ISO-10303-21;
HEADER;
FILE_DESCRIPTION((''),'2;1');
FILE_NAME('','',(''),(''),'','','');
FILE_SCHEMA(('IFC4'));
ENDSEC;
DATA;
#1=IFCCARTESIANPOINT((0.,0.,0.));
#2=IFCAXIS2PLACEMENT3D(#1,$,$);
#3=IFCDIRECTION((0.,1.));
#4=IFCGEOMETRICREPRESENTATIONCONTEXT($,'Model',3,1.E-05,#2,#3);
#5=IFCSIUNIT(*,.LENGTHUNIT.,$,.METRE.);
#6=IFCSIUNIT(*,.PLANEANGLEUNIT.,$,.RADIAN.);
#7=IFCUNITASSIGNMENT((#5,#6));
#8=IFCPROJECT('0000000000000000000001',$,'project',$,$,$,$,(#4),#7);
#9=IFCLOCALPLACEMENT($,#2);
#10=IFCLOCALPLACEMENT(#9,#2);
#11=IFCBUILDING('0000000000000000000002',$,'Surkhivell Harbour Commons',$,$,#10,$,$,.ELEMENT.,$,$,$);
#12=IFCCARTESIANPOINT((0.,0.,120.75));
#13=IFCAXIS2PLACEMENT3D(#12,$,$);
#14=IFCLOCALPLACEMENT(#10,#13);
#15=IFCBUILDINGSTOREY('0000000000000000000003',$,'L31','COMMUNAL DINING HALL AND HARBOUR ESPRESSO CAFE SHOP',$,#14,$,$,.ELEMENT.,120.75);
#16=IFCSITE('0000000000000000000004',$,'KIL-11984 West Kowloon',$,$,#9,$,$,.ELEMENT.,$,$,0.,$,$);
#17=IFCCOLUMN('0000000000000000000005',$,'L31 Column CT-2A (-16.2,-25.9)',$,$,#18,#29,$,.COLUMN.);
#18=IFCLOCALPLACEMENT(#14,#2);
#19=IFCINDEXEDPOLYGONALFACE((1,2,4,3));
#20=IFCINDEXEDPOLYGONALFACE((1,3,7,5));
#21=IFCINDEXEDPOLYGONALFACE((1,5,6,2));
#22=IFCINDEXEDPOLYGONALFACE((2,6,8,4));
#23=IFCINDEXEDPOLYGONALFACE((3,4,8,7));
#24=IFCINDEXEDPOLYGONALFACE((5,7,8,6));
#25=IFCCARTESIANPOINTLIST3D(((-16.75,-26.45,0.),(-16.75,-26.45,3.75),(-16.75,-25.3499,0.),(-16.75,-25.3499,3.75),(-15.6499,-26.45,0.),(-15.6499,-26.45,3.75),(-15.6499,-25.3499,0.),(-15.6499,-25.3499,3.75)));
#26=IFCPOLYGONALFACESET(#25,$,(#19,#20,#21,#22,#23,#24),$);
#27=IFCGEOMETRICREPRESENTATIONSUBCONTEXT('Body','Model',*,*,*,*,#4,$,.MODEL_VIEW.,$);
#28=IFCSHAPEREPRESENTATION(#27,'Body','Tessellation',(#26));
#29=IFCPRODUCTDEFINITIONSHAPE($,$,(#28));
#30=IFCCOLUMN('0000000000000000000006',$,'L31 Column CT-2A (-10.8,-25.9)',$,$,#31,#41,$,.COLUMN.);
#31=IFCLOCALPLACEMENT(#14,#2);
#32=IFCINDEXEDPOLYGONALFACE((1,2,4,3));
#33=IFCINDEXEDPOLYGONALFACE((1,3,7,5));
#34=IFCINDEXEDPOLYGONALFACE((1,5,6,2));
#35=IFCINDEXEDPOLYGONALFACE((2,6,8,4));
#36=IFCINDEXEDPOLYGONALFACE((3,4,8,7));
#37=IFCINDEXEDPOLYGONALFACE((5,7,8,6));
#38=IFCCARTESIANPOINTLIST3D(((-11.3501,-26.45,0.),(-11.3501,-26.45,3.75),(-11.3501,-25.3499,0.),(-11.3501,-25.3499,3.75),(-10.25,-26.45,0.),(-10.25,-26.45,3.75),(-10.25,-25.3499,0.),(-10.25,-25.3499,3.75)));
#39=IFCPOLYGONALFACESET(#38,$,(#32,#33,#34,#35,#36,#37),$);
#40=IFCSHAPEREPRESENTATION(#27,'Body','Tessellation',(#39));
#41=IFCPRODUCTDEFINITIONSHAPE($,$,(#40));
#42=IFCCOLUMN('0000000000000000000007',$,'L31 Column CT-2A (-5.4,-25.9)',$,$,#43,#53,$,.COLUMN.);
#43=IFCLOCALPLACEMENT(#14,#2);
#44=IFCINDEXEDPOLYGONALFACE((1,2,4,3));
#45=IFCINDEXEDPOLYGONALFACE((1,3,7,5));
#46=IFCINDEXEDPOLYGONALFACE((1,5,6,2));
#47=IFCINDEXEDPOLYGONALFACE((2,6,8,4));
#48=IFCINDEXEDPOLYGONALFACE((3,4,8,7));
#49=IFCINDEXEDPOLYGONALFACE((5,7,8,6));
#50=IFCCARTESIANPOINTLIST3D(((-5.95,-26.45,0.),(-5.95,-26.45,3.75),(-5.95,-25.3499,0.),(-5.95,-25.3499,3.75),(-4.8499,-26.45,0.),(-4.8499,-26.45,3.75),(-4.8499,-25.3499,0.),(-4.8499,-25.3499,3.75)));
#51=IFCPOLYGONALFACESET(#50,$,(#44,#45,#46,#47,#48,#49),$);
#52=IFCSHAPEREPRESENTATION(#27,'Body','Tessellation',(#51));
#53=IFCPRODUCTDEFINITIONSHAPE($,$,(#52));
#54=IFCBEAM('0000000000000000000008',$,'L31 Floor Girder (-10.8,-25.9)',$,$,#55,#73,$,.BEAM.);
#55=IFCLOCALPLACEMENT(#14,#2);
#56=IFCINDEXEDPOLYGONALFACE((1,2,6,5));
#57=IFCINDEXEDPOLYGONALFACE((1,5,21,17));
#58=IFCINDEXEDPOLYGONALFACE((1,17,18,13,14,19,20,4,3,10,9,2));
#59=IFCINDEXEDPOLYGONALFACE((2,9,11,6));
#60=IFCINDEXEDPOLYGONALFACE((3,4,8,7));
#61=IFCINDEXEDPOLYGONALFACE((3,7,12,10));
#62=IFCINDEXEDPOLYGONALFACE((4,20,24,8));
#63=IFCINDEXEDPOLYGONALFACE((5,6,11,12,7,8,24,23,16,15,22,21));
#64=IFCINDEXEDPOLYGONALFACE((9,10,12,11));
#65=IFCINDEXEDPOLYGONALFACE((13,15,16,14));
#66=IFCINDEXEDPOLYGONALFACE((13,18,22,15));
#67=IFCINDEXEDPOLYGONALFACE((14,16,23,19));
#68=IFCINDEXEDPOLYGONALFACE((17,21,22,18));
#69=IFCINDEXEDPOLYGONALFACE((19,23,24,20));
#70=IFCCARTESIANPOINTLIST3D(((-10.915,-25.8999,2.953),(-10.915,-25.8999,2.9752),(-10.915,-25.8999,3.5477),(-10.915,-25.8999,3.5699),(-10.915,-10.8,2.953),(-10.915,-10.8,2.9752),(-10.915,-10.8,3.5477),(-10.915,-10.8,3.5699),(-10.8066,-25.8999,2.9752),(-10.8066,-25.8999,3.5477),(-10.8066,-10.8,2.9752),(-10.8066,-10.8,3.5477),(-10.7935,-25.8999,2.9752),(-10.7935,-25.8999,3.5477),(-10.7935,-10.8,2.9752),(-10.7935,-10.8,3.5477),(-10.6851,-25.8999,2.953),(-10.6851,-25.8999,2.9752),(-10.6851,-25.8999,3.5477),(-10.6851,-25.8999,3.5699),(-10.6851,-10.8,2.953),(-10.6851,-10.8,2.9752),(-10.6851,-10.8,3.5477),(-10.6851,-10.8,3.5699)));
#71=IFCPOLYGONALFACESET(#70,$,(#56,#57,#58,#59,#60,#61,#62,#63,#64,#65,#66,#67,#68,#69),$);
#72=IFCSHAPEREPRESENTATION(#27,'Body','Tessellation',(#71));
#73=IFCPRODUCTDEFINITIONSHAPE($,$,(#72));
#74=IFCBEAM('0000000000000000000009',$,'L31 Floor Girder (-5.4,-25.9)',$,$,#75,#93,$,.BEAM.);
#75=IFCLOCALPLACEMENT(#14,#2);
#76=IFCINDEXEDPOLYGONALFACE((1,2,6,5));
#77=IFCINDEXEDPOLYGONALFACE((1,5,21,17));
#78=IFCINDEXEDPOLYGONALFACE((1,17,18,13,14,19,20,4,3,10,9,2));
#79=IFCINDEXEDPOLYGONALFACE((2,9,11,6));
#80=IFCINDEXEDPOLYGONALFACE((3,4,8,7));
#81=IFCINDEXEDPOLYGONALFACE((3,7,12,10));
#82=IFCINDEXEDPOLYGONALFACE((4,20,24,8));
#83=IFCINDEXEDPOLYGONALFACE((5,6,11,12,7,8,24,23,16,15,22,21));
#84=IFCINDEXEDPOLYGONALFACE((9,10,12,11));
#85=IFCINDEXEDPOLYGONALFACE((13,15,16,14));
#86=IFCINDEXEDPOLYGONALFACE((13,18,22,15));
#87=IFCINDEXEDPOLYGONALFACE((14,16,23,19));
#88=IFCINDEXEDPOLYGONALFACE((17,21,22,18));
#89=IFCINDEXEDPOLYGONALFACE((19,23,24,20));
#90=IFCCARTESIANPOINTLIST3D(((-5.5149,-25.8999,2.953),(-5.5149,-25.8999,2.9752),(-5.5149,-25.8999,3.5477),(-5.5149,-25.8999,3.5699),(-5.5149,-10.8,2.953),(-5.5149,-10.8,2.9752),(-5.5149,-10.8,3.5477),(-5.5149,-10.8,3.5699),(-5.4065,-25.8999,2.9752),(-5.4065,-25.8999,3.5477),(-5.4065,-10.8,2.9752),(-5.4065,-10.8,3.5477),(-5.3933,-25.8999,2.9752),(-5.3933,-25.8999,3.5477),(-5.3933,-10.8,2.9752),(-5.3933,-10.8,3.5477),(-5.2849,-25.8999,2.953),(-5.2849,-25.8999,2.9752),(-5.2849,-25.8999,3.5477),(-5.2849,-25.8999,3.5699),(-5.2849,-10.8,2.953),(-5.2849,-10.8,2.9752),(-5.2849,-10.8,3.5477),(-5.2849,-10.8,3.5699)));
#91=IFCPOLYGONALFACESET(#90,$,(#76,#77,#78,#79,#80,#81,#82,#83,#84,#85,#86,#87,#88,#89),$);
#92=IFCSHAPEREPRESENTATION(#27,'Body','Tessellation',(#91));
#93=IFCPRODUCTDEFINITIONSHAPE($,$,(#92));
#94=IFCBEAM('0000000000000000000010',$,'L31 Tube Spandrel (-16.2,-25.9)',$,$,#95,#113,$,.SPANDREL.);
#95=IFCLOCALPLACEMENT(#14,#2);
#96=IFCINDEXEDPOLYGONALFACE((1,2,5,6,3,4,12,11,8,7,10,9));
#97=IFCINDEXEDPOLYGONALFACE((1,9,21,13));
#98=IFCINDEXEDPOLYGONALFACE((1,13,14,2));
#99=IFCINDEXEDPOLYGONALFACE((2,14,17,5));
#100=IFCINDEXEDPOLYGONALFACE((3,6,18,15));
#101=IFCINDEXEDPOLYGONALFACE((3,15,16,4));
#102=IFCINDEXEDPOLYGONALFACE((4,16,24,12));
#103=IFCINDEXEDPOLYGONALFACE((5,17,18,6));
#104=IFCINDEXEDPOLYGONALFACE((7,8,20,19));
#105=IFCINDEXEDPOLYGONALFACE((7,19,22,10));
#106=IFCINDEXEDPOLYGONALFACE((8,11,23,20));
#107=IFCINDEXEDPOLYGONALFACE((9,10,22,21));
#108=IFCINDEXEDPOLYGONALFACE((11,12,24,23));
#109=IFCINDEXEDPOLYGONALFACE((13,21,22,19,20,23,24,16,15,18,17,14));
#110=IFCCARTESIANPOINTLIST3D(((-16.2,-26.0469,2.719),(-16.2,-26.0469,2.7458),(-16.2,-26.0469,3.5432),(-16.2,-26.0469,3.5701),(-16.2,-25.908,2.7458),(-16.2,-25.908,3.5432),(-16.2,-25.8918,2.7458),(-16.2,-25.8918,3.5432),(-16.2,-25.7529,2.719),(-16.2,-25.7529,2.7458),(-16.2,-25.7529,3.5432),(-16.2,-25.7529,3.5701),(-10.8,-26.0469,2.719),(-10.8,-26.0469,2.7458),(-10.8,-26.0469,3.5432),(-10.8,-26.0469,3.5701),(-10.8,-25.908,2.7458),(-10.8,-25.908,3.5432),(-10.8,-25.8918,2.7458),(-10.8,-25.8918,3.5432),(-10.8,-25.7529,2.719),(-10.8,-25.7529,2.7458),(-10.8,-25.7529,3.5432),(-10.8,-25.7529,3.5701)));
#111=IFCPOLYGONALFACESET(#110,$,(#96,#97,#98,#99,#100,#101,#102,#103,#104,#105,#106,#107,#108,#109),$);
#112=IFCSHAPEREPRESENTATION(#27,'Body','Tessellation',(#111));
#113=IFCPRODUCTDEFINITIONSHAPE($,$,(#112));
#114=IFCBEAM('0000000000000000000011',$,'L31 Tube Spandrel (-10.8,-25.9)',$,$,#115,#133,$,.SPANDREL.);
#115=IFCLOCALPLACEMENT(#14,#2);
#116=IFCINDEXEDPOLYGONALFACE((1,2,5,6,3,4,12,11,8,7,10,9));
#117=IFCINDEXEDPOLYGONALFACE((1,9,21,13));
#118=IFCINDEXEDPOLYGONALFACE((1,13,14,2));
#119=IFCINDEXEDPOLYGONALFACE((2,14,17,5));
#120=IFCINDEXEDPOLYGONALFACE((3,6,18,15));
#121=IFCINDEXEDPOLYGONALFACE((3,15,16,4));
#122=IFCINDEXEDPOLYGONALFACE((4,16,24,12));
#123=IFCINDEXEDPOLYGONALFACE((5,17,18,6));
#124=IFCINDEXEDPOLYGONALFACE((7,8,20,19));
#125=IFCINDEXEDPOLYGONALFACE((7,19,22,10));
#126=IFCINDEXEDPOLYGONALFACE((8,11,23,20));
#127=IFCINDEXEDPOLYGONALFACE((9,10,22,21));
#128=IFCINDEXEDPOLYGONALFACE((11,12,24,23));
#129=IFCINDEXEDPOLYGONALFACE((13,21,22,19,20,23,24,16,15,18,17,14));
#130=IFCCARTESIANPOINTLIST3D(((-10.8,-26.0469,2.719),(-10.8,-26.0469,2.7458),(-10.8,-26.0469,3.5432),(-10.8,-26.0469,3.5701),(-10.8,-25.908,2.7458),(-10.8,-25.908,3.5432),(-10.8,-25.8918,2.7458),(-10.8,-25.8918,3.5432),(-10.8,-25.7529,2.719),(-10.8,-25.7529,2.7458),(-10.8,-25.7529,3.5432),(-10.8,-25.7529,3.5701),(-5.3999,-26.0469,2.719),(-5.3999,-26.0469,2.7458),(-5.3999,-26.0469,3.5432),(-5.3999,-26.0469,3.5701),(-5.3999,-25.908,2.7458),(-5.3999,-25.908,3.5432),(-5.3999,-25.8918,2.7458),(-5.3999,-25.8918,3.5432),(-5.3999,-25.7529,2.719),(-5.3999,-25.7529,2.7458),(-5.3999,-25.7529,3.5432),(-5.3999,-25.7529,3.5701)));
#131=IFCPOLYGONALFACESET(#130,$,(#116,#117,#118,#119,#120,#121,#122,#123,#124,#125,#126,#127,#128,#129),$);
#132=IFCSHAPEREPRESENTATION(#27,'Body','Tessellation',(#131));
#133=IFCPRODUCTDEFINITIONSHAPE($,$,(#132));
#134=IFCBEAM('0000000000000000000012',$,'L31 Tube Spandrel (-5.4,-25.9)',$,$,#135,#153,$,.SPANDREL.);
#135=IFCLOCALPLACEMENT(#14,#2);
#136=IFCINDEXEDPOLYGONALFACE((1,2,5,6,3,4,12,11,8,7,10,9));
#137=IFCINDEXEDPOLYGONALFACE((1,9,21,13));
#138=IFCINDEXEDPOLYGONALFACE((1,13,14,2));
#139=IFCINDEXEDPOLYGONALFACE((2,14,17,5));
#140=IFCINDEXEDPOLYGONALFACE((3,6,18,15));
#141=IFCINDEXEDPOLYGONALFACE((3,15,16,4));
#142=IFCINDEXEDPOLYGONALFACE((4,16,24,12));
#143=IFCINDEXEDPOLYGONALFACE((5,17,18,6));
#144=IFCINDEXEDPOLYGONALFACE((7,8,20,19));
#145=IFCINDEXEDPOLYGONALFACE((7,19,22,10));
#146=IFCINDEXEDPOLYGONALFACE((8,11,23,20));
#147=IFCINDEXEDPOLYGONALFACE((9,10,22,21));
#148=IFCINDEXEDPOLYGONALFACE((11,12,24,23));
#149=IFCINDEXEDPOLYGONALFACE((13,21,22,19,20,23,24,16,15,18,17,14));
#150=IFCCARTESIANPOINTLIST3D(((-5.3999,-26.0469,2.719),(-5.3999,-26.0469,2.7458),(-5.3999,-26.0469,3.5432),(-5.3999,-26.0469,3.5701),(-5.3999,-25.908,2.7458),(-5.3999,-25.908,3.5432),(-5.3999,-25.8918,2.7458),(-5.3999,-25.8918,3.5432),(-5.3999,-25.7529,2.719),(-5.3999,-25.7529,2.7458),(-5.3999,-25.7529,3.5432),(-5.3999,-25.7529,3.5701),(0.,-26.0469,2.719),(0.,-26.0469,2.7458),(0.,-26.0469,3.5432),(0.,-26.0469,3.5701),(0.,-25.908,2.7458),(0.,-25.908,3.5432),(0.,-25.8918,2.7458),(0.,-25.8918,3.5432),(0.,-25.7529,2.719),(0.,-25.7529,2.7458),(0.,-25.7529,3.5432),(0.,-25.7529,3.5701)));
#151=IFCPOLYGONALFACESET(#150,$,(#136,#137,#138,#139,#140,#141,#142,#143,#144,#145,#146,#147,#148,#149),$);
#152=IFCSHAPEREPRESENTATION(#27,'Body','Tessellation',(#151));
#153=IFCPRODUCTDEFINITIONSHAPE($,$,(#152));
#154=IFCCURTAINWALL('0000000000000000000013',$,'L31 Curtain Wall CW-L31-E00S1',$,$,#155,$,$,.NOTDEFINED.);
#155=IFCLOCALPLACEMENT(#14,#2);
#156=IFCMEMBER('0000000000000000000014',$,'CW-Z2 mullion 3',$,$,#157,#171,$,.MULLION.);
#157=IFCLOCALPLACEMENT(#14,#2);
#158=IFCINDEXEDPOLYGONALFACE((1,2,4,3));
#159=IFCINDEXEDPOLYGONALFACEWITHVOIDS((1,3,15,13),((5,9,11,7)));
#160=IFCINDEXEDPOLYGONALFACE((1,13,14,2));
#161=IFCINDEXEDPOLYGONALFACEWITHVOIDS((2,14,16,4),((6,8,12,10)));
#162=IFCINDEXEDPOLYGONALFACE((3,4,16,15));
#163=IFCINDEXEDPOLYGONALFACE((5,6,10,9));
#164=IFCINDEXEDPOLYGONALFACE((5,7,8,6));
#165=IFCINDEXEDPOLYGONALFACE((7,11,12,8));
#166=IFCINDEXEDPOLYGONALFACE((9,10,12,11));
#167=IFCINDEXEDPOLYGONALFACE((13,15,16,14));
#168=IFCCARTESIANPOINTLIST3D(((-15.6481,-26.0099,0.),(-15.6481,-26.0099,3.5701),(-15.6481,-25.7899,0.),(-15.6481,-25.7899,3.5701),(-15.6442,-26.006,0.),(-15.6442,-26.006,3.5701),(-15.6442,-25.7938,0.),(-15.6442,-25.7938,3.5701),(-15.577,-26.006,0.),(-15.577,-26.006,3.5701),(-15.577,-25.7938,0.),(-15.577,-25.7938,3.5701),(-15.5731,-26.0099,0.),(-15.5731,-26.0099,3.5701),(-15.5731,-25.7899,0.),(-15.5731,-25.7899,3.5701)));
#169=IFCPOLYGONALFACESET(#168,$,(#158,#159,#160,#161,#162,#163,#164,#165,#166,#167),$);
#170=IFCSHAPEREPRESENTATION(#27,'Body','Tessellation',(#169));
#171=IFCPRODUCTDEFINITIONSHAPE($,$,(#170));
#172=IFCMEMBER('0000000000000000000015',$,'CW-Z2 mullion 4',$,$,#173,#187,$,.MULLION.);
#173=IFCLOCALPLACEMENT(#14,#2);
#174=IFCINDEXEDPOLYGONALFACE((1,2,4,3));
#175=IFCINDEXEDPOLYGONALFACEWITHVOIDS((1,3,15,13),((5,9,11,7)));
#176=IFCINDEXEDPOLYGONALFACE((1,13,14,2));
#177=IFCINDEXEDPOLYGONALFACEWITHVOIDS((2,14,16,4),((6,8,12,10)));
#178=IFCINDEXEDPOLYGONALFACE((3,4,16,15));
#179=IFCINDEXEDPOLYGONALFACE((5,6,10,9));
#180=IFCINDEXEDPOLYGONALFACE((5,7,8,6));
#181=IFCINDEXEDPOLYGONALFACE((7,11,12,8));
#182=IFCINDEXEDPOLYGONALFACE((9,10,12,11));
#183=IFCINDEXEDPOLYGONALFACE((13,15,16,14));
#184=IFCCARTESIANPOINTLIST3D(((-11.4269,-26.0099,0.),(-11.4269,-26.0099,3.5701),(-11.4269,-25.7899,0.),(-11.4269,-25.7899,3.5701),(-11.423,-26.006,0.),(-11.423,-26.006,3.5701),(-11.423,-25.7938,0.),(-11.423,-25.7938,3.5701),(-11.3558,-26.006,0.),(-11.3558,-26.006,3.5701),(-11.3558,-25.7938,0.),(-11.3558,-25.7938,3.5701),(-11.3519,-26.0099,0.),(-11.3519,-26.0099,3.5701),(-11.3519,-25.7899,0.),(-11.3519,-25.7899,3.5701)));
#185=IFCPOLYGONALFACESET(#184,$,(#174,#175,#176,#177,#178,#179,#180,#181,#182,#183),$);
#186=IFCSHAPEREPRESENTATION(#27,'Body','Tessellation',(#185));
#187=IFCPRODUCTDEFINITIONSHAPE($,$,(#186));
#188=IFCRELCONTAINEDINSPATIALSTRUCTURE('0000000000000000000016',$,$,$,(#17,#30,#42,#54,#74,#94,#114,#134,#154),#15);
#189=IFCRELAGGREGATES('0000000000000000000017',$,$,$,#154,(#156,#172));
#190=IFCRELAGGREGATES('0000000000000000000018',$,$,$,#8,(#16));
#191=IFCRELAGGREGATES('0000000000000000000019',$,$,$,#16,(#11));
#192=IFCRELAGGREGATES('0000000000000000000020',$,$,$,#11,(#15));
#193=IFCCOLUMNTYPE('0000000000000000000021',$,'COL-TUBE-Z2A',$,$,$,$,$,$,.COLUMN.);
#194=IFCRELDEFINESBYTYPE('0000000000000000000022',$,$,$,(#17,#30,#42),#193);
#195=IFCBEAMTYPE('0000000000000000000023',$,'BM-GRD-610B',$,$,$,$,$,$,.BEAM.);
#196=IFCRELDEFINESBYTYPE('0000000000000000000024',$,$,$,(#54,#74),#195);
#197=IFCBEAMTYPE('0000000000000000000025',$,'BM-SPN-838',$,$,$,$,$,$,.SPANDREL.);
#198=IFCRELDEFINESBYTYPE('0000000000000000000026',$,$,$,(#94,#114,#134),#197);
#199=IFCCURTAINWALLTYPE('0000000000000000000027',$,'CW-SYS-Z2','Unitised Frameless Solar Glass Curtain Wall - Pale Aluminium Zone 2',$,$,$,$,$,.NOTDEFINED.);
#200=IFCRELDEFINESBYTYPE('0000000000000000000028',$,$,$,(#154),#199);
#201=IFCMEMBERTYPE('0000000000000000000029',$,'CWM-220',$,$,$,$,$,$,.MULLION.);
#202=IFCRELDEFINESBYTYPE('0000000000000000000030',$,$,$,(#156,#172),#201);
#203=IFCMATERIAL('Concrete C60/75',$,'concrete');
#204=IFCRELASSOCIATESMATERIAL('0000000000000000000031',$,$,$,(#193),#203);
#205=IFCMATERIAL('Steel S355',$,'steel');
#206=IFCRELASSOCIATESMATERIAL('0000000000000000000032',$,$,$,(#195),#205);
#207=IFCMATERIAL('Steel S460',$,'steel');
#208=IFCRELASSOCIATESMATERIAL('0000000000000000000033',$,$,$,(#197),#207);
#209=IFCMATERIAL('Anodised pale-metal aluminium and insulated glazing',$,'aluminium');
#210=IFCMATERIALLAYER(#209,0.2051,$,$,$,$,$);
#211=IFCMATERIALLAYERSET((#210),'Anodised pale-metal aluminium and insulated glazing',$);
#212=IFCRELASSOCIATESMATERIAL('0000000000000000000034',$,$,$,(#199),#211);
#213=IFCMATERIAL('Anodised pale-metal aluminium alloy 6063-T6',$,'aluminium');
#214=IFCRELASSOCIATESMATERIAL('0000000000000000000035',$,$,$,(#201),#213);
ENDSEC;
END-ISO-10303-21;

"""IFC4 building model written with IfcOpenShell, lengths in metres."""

from ifc_helpers import new_model, si_unit, direction, frame, origin, origin_2d, place, context, subcontext, project, spatial, rectangle, hollow_rectangle, i_section, extrude, material, layer, layer_set, material_profile, profile_set, type_object, element, aggregate, save


model = new_model("IFC4")

# Units and contexts
model_context = context("Model", 3, precision=1e-05, world=origin(), true_north=direction((0.0, 1.0)))
body_context = subcontext(model_context, "Body", "Model", "MODEL_VIEW")
ifc_project = project(units=[si_unit("LENGTHUNIT", "METRE"), si_unit("PLANEANGLEUNIT", "RADIAN")], contexts=[model_context])

# Site, building, storey
site_placement = place(None, origin())
site = spatial("IfcSite", under=ifc_project, at=site_placement, Name="KIL-11984 West Kowloon", CompositionType="ELEMENT", RefElevation=0.0)
building_placement = place(site_placement, origin())
building = spatial("IfcBuilding", under=site, at=building_placement, Name="Surkhivell Harbour Commons", CompositionType="ELEMENT")
storey_placement = place(building_placement, frame((0.0, 0.0, 120.75)))
storey = spatial("IfcBuildingStorey", under=building, at=storey_placement, Name="L31", Description="COMMUNAL DINING HALL AND HARBOUR ESPRESSO CAFE SHOP", CompositionType="ELEMENT", Elevation=120.75)

# Columns
ifc_material_1 = material(Name="Concrete C60/75", Category="concrete")
ifc_material_profile_1 = material_profile(ifc_material_1, rectangle(XDim=1.1001, YDim=1.1001, at=origin_2d()), Name="RC-COL-1100x1100")
ifc_profile_set_1 = profile_set([ifc_material_profile_1], Name="Concrete C60/75")
column_type = type_object("IfcColumnType", Name="COL-TUBE-Z2A", PredefinedType="COLUMN", material=ifc_profile_set_1)
for number, where, z_axis, x_axis, name in (
    (1, (-16.2, -25.8999, 0.0), (0.0, 0.0, 1.0), (1.0, 0.0, 0.0), "L31 Column CT-2A (-16.2,-25.9)"),
    (2, (-10.8, -25.8999, 0.0), (0.0, 0.0, 1.0), (1.0, 0.0, 0.0), "L31 Column CT-2A (-10.8,-25.9)"),
    (3, (-5.3999, -25.8999, 0.0), (0.0, 0.0, 1.0), (1.0, 0.0, 0.0), "L31 Column CT-2A (-5.4,-25.9)"),
):
    element("IfcColumn", number, at=place(storey_placement, frame(where, z_axis=z_axis, x_axis=x_axis)), inside=storey, type_object=column_type, Name=name, PredefinedType="COLUMN", context=body_context, shape_type="SweptSolid", body=[
        extrude(rectangle(XDim=1.1001, YDim=1.1001, at=origin_2d()), origin(), (0.0, 0.0, 1.0), 3.75),
    ])

# Beams
ifc_material_2 = material(Name="Steel S355", Category="steel")
ifc_material_profile_2 = material_profile(ifc_material_2, i_section(OverallWidth=0.23, OverallDepth=0.6169, WebThickness=0.0132, FlangeThickness=0.0222, at=origin_2d()), Name="UB610x229x140")
ifc_profile_set_2 = profile_set([ifc_material_profile_2], Name="Steel S355")
beam_type_1 = type_object("IfcBeamType", Name="BM-GRD-610B", PredefinedType="BEAM", material=ifc_profile_set_2)
for number, where, z_axis, x_axis, name in (
    (4, (-10.8, -25.8999, 3.2615), (0.0, 1.0, 0.0), (-1.0, 0.0, 0.0), "L31 Floor Girder (-10.8,-25.9)"),
    (5, (-5.3999, -25.8999, 3.2615), (0.0, 1.0, 0.0), (-1.0, 0.0, 0.0), "L31 Floor Girder (-5.4,-25.9)"),
):
    element("IfcBeam", number, at=place(storey_placement, frame(where, z_axis=z_axis, x_axis=x_axis)), inside=storey, type_object=beam_type_1, Name=name, PredefinedType="BEAM", context=body_context, shape_type="SweptSolid", body=[
        extrude(i_section(OverallWidth=0.23, OverallDepth=0.6169, WebThickness=0.0132, FlangeThickness=0.0222, at=origin_2d()), origin(), (0.0, 0.0, 1.0), 15.0999),
    ])
ifc_material_3 = material(Name="Steel S460", Category="steel")
ifc_material_profile_3 = material_profile(ifc_material_3, i_section(OverallWidth=0.2939, OverallDepth=0.8511, WebThickness=0.0161, FlangeThickness=0.0269, at=origin_2d()), Name="UB838x292x226")
ifc_profile_set_3 = profile_set([ifc_material_profile_3], Name="Steel S460")
beam_type_2 = type_object("IfcBeamType", Name="BM-SPN-838", PredefinedType="SPANDREL", material=ifc_profile_set_3)
beam_1_placement = place(storey_placement, frame((-16.2, -25.8999, 3.1445), z_axis=(1.0, 0.0, 0.0), x_axis=(0.0, 1.0, 0.0)))
element("IfcBeam", 6, at=beam_1_placement, inside=storey, type_object=beam_type_2, Name="L31 Tube Spandrel (-16.2,-25.9)", PredefinedType="SPANDREL", context=body_context, shape_type="SweptSolid", body=[
    extrude(i_section(OverallWidth=0.2939, OverallDepth=0.8511, WebThickness=0.0161, FlangeThickness=0.0269, at=origin_2d()), origin(), (0.0, 0.0, 1.0), 5.3999),
])
beam_2_placement = place(storey_placement, frame((-10.8, -25.8999, 3.1445), z_axis=(1.0, 0.0, 0.0), x_axis=(0.0, 1.0, 0.0)))
element("IfcBeam", 7, at=beam_2_placement, inside=storey, type_object=beam_type_2, Name="L31 Tube Spandrel (-10.8,-25.9)", PredefinedType="SPANDREL", context=body_context, shape_type="SweptSolid", body=[
    extrude(i_section(OverallWidth=0.2939, OverallDepth=0.8511, WebThickness=0.0161, FlangeThickness=0.0269, at=origin_2d()), origin(), (0.0, 0.0, 1.0), 5.4001),
])
beam_3_placement = place(storey_placement, frame((-5.3999, -25.8999, 3.1445), z_axis=(1.0, 0.0, 0.0), x_axis=(0.0, 1.0, 0.0)))
element("IfcBeam", 8, at=beam_3_placement, inside=storey, type_object=beam_type_2, Name="L31 Tube Spandrel (-5.4,-25.9)", PredefinedType="SPANDREL", context=body_context, shape_type="SweptSolid", body=[
    extrude(i_section(OverallWidth=0.2939, OverallDepth=0.8511, WebThickness=0.0161, FlangeThickness=0.0269, at=origin_2d()), origin(), (0.0, 0.0, 1.0), 5.3999),
])

# Curtain wall, members
ifc_material_4 = material(Name="Anodised pale-metal aluminium and insulated glazing", Category="aluminium")
ifc_layer_1 = layer(ifc_material_4, 0.2051)
ifc_layer_set_1 = layer_set([ifc_layer_1], Name="Anodised pale-metal aluminium and insulated glazing")
curtain_wall_type = type_object("IfcCurtainWallType", Name="CW-SYS-Z2", Description="Unitised Frameless Solar Glass Curtain Wall - Pale Aluminium Zone 2", PredefinedType="NOTDEFINED", material=ifc_layer_set_1)
curtain_wall_1_placement = place(storey_placement, origin())
curtain_wall_1 = element("IfcCurtainWall", 9, at=curtain_wall_1_placement, inside=storey, type_object=curtain_wall_type, Name="L31 Curtain Wall CW-L31-E00S1", PredefinedType="NOTDEFINED")
ifc_material_5 = material(Name="Anodised pale-metal aluminium alloy 6063-T6", Category="aluminium")
ifc_material_profile_4 = material_profile(ifc_material_5, hollow_rectangle(XDim=0.075, YDim=0.22, WallThickness=0.0039, at=origin_2d()), Name="ALU-MULL-75x220")
ifc_profile_set_4 = profile_set([ifc_material_profile_4], Name="Anodised pale-metal aluminium alloy 6063-T6")
member_type_1 = type_object("IfcMemberType", Name="CWM-220", PredefinedType="MULLION", material=ifc_profile_set_4)
member_1_placement = place(storey_placement, frame((-15.6106, -25.8999, 0.0), z_axis=(0.0, 0.0, 1.0), x_axis=(1.0, 0.0, 0.0)))
member_1 = element("IfcMember", 10, at=member_1_placement, type_object=member_type_1, Name="CW-Z2 mullion 3", PredefinedType="MULLION", context=body_context, shape_type="SweptSolid", body=[
    extrude(hollow_rectangle(XDim=0.075, YDim=0.22, WallThickness=0.0039, at=origin_2d()), origin(), (0.0, 0.0, 1.0), 3.5701),
])
member_2_placement = place(storey_placement, frame((-11.3894, -25.8999, 0.0), z_axis=(0.0, 0.0, 1.0), x_axis=(1.0, 0.0, 0.0)))
member_2 = element("IfcMember", 11, at=member_2_placement, type_object=member_type_1, Name="CW-Z2 mullion 4", PredefinedType="MULLION", context=body_context, shape_type="SweptSolid", body=[
    extrude(hollow_rectangle(XDim=0.075, YDim=0.22, WallThickness=0.0039, at=origin_2d()), origin(), (0.0, 0.0, 1.0), 3.5701),
])

aggregate(curtain_wall_1, [member_1, member_2])

save(model, "model.ifc")
